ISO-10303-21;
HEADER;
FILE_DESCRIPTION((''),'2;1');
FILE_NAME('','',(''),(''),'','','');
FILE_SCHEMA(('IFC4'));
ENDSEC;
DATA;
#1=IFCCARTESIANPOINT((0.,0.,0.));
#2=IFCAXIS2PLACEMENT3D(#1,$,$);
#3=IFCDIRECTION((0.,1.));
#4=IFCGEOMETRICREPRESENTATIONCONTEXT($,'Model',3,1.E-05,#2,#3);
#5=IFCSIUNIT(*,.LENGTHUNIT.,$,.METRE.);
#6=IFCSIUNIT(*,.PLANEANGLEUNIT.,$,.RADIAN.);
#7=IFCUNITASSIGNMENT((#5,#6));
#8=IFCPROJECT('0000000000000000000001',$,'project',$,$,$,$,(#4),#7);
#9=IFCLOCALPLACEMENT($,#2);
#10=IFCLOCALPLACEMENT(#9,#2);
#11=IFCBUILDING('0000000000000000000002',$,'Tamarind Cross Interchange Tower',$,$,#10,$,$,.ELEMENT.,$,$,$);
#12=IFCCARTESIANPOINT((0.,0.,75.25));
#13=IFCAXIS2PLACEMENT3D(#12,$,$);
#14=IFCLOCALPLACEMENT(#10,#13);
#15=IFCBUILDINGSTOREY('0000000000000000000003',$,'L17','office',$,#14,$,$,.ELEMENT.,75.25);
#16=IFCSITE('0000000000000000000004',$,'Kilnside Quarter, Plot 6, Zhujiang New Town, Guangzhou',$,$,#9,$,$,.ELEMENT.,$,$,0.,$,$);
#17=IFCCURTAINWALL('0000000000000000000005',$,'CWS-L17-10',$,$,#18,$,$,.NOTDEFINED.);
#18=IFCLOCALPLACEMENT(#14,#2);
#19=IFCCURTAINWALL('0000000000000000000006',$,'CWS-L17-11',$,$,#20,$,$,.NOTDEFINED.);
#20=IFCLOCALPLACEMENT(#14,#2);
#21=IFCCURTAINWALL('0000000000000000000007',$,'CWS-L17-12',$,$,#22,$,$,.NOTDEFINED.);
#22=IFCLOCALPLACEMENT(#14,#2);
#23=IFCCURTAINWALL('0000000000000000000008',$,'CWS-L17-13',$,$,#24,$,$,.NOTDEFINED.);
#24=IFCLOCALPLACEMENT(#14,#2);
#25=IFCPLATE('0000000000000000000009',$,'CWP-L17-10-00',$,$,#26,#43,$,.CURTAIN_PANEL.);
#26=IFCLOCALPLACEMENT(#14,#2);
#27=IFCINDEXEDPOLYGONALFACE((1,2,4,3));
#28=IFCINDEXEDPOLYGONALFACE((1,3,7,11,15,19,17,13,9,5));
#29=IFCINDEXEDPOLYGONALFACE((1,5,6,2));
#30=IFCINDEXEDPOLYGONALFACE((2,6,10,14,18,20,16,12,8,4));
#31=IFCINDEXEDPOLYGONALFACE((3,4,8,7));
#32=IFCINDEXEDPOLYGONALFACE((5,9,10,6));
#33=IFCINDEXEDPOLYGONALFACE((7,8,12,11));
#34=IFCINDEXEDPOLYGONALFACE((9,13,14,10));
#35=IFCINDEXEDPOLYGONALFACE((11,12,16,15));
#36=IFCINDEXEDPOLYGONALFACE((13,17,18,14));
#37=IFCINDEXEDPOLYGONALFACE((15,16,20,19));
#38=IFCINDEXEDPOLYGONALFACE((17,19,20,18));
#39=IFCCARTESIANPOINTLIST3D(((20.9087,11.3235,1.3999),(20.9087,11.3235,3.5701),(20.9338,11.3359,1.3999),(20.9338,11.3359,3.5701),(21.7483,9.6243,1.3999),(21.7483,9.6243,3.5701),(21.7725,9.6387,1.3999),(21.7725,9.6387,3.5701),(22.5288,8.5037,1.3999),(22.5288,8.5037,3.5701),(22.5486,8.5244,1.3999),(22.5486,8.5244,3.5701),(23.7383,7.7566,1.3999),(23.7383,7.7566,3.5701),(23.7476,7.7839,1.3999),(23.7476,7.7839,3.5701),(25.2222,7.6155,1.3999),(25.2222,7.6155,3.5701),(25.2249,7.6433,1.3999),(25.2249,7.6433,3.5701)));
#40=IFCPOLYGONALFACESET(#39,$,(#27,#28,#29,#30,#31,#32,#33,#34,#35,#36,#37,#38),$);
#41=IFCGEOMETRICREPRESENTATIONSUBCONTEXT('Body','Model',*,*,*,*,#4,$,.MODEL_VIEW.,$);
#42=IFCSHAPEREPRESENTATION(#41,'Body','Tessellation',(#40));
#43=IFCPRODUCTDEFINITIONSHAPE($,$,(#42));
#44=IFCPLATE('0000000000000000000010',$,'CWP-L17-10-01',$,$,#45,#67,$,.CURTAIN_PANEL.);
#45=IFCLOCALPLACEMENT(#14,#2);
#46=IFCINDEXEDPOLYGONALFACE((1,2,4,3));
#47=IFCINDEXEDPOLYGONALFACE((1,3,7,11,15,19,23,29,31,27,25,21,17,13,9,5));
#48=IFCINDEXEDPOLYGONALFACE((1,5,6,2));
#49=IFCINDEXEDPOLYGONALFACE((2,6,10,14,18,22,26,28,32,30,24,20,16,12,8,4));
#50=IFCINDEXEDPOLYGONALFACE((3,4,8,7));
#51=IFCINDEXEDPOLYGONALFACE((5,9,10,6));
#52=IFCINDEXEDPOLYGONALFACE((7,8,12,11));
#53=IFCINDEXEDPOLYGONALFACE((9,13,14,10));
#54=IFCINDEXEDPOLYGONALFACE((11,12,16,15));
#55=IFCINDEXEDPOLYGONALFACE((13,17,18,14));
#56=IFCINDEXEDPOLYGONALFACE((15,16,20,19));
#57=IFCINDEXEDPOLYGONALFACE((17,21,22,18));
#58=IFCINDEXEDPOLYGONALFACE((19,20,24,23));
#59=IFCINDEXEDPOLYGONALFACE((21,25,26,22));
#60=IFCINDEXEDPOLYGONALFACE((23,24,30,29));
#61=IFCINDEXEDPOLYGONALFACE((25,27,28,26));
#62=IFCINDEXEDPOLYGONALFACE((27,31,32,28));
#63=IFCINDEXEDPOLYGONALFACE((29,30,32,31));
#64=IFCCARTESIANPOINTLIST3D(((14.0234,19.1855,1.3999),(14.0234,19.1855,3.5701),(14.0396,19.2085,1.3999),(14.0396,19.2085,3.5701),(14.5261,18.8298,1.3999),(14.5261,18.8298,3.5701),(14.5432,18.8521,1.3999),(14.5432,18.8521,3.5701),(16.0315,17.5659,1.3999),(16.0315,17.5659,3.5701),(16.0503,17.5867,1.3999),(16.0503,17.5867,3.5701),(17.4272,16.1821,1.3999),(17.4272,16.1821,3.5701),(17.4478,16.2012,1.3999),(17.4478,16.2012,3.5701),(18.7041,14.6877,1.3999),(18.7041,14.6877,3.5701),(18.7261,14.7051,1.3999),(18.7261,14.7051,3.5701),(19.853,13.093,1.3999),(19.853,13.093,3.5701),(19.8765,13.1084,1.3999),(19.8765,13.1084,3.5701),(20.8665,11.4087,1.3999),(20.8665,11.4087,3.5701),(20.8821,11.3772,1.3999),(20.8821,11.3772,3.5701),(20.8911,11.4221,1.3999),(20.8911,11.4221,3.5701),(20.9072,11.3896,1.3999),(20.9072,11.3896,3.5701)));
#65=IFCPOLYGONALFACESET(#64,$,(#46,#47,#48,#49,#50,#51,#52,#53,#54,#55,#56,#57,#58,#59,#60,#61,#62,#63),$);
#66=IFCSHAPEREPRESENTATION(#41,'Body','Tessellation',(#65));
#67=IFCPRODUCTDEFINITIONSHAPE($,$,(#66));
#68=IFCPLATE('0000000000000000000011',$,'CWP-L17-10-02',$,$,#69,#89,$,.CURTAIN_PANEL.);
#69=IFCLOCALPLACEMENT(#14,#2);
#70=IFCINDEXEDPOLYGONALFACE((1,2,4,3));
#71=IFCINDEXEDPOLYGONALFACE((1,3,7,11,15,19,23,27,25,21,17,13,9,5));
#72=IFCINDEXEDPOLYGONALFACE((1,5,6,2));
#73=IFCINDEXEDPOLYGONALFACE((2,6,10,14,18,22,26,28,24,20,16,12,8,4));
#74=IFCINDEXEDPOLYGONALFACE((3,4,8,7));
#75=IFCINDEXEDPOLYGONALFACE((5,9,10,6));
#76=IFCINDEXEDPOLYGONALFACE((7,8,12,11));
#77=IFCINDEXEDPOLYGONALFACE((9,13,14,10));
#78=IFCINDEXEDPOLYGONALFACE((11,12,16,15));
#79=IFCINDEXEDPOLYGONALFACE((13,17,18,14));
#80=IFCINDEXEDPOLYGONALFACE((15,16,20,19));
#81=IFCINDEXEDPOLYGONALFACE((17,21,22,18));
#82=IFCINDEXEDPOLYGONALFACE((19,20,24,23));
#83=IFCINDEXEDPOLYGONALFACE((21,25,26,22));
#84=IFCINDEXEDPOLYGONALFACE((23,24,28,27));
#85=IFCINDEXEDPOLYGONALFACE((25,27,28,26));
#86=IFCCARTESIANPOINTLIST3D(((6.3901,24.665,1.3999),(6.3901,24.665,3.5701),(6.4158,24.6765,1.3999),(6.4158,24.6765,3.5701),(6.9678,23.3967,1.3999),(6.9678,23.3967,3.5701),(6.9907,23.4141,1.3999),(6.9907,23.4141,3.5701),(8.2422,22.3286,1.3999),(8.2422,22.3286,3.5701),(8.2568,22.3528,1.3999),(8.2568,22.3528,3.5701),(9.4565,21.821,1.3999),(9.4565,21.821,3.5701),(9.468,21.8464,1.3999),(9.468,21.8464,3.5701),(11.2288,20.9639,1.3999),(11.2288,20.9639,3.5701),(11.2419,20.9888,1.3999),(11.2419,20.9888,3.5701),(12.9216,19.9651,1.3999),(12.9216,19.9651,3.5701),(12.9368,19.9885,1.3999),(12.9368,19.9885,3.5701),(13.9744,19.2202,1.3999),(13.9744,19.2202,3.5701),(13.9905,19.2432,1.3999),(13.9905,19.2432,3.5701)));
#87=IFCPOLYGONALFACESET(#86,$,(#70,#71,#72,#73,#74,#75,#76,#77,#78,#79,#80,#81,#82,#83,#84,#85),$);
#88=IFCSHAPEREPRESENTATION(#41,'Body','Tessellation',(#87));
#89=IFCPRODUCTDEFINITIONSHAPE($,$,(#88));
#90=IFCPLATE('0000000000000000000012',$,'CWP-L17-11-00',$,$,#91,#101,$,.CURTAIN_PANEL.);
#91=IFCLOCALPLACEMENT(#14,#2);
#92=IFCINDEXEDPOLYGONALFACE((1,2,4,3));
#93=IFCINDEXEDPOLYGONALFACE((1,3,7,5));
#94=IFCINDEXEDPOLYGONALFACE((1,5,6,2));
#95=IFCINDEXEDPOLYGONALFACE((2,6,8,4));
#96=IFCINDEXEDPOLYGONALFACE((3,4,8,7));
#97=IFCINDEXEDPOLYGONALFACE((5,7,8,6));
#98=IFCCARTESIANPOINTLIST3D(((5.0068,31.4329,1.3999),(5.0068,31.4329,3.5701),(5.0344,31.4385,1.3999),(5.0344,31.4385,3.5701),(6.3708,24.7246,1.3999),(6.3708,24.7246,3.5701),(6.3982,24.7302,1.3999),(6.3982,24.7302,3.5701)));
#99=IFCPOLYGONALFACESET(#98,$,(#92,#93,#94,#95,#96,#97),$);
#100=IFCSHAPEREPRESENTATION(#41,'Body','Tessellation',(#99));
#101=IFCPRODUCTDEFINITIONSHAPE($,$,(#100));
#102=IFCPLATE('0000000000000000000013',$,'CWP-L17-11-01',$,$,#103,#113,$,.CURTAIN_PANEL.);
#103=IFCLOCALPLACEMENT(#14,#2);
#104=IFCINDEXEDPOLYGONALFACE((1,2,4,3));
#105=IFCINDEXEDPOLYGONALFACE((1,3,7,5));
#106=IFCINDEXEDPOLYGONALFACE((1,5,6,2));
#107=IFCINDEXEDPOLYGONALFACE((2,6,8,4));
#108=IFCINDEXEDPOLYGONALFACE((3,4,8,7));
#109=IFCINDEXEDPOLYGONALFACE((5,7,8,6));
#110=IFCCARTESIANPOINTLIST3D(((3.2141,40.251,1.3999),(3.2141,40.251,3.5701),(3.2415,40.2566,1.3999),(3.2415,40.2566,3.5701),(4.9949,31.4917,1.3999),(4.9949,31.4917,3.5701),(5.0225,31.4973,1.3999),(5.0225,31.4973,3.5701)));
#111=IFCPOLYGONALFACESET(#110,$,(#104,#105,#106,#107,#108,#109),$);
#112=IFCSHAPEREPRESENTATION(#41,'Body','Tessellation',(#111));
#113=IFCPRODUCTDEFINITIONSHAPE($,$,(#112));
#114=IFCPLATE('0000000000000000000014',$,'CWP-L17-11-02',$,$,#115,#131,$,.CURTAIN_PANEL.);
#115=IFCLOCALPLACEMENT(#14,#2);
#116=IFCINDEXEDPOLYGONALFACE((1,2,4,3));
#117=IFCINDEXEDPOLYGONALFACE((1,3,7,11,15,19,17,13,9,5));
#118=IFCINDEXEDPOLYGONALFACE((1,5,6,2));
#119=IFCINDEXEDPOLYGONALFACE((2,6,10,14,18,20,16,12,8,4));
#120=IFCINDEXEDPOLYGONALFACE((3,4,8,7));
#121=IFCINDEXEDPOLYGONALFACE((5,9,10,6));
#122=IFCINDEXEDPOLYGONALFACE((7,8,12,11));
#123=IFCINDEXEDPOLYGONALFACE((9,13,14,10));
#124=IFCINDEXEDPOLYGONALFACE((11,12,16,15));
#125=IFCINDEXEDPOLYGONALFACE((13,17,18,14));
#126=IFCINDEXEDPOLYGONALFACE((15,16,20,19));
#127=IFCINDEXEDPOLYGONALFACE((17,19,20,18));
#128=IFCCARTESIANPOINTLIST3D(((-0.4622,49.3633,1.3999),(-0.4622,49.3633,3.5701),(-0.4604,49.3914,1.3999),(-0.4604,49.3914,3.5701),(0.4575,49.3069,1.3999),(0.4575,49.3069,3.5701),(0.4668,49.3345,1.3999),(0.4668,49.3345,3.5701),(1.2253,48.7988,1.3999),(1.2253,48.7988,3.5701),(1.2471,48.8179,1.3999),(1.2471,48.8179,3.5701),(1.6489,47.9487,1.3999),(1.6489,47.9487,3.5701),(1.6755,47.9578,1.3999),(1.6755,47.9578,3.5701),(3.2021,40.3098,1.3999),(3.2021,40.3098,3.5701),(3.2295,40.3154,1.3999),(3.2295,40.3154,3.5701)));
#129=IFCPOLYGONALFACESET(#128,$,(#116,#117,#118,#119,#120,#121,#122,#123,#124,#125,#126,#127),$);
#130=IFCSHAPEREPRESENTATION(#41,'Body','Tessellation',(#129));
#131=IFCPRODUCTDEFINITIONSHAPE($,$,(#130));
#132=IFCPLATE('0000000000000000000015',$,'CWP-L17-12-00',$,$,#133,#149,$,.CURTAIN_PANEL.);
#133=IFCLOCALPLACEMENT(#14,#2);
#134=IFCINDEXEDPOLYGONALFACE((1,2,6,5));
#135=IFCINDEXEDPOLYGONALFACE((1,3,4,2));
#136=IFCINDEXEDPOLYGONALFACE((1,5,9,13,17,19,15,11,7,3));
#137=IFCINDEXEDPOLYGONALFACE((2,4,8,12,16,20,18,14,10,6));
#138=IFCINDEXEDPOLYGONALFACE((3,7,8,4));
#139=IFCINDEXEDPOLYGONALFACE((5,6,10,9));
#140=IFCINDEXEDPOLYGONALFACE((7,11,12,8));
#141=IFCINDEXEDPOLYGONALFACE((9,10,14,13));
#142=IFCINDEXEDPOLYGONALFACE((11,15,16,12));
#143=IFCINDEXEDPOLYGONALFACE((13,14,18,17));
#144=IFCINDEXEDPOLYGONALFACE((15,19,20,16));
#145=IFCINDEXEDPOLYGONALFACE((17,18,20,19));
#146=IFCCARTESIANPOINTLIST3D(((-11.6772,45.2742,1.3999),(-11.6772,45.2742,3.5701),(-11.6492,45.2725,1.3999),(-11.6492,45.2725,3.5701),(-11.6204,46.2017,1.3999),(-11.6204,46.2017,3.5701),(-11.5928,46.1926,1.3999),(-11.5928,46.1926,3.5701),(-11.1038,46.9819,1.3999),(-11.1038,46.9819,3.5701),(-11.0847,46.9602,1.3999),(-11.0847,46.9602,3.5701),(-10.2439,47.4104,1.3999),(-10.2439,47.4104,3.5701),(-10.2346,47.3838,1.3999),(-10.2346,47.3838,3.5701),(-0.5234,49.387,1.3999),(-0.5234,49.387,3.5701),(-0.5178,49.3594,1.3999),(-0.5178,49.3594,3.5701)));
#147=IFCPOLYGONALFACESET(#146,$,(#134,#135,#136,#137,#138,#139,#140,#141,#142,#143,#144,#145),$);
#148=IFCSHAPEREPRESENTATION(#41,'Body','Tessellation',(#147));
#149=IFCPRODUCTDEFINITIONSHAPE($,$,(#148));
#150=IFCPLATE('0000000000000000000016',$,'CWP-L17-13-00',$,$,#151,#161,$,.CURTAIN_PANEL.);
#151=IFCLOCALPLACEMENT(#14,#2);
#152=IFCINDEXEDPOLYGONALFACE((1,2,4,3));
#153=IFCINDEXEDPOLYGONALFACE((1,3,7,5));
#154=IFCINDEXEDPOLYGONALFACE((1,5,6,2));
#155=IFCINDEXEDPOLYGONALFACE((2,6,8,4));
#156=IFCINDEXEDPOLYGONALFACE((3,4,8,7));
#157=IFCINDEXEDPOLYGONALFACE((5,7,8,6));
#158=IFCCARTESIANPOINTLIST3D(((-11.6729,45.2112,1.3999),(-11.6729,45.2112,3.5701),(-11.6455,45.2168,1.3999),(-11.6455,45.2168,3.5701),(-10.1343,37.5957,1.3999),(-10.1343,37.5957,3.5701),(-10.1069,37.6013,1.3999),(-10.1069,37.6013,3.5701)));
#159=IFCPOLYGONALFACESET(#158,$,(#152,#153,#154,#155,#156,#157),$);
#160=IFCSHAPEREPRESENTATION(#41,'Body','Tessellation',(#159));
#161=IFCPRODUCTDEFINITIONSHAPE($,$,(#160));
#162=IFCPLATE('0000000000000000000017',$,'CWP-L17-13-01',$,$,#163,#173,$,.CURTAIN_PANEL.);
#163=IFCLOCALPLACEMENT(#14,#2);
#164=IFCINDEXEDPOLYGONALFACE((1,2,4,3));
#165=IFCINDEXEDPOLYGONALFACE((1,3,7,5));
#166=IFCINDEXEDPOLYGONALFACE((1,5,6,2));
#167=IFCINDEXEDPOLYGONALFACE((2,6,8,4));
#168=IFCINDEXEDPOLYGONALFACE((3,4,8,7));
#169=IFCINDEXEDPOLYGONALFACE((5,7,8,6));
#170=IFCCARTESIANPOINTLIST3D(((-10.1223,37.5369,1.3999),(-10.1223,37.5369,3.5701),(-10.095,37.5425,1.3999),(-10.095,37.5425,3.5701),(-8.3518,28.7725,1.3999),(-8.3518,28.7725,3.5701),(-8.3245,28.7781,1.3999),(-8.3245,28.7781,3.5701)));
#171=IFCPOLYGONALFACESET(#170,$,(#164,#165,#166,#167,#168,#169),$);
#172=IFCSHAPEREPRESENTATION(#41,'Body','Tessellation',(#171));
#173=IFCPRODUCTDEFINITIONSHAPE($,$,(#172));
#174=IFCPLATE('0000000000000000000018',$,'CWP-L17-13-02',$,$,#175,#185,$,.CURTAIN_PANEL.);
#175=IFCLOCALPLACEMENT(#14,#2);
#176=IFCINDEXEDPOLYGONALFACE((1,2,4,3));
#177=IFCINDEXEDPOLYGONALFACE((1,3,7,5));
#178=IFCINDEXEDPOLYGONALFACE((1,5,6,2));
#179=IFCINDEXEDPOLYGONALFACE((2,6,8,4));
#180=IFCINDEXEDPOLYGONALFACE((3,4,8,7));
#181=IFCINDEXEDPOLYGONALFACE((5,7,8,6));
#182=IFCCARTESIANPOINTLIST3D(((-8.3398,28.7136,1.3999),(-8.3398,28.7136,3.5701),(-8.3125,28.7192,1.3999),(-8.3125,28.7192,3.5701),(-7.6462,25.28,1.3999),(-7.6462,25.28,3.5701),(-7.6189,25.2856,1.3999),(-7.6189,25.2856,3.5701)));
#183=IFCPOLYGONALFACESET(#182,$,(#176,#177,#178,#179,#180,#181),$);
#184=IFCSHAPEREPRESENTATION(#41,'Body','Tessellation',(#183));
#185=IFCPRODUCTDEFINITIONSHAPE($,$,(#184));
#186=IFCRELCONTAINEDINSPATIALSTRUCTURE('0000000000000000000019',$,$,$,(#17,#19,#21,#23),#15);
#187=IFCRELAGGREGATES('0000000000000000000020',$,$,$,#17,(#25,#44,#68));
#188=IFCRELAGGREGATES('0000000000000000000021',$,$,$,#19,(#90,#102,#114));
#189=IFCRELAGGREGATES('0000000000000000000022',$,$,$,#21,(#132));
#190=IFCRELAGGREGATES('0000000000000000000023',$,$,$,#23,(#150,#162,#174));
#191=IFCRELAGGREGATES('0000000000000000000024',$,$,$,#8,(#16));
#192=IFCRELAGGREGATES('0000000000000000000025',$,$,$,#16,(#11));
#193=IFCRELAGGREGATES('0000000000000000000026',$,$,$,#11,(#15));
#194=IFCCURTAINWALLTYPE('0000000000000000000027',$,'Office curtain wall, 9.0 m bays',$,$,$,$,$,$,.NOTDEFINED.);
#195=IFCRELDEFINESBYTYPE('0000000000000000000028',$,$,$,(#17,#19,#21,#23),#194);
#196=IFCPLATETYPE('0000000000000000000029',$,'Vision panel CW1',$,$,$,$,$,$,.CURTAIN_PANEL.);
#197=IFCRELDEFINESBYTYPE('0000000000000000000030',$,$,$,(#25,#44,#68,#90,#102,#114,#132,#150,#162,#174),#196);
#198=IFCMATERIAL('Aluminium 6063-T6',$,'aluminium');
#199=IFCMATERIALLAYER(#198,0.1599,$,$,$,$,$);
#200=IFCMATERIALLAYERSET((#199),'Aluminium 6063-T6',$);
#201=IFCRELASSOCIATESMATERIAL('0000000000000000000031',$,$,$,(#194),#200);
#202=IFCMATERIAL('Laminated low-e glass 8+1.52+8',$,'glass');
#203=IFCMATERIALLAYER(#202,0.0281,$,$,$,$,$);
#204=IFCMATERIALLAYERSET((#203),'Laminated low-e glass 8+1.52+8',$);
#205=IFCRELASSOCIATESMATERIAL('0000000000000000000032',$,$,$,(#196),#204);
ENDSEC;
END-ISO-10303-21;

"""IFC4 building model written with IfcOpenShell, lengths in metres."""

from ifc_helpers import new_model, si_unit, direction, frame, origin, place, context, subcontext, project, spatial, polyline, outline, extrude, material, layer, layer_set, type_object, element, aggregate, save


model = new_model("IFC4")

# Units and contexts
model_context = context("Model", 3, precision=1e-05, world=origin(), true_north=direction((0.0, 1.0)))
body_context = subcontext(model_context, "Body", "Model", "MODEL_VIEW")
ifc_project = project(units=[si_unit("LENGTHUNIT", "METRE"), si_unit("PLANEANGLEUNIT", "RADIAN")], contexts=[model_context])

# Site, building, storey
site_placement = place(None, origin())
site = spatial("IfcSite", under=ifc_project, at=site_placement, Name="Kilnside Quarter, Plot 6, Zhujiang New Town, Guangzhou", CompositionType="ELEMENT", RefElevation=0.0)
building_placement = place(site_placement, origin())
building = spatial("IfcBuilding", under=site, at=building_placement, Name="Tamarind Cross Interchange Tower", CompositionType="ELEMENT")
storey_placement = place(building_placement, frame((0.0, 0.0, 75.25)))
storey = spatial("IfcBuildingStorey", under=building, at=storey_placement, Name="L17", Description="office", CompositionType="ELEMENT", Elevation=75.25)

# Curtain walls
ifc_material_1 = material(Name="Aluminium 6063-T6", Category="aluminium")
ifc_layer_1 = layer(ifc_material_1, 0.1599)
ifc_layer_set_1 = layer_set([ifc_layer_1], Name="Aluminium 6063-T6")
curtain_wall_type = type_object("IfcCurtainWallType", Name="Office curtain wall, 9.0 m bays", PredefinedType="NOTDEFINED", material=ifc_layer_set_1)
curtain_wall_1_placement = place(storey_placement, origin())
curtain_wall_1 = element("IfcCurtainWall", 1, at=curtain_wall_1_placement, inside=storey, type_object=curtain_wall_type, Name="CWS-L17-10", PredefinedType="NOTDEFINED")
curtain_wall_2_placement = place(storey_placement, origin())
curtain_wall_2 = element("IfcCurtainWall", 2, at=curtain_wall_2_placement, inside=storey, type_object=curtain_wall_type, Name="CWS-L17-11", PredefinedType="NOTDEFINED")
curtain_wall_3_placement = place(storey_placement, origin())
curtain_wall_3 = element("IfcCurtainWall", 3, at=curtain_wall_3_placement, inside=storey, type_object=curtain_wall_type, Name="CWS-L17-12", PredefinedType="NOTDEFINED")
curtain_wall_4_placement = place(storey_placement, origin())
curtain_wall_4 = element("IfcCurtainWall", 4, at=curtain_wall_4_placement, inside=storey, type_object=curtain_wall_type, Name="CWS-L17-13", PredefinedType="NOTDEFINED")

# Plates
ifc_material_2 = material(Name="Laminated low-e glass 8+1.52+8", Category="glass")
ifc_layer_2 = layer(ifc_material_2, 0.0281)
ifc_layer_set_2 = layer_set([ifc_layer_2], Name="Laminated low-e glass 8+1.52+8")
plate_type = type_object("IfcPlateType", Name="Vision panel CW1", PredefinedType="CURTAIN_PANEL", material=ifc_layer_set_2)
plate_1_placement = place(storey_placement, frame((0.0, 0.0, 1.3999)))
plate_1 = element("IfcPlate", 5, at=plate_1_placement, type_object=plate_type, Name="CWP-L17-10-00", PredefinedType="CURTAIN_PANEL", context=body_context, shape_type="SweptSolid", body=[
    extrude(outline(polyline([(25.2222, 7.6155), (23.7383, 7.7566), (22.5288, 8.5037), (21.7483, 9.6243), (20.9087, 11.3235), (20.9338, 11.3359), (21.7725, 9.6387), (22.5486, 8.5244), (23.7476, 7.7839), (25.2249, 7.6433), (25.2222, 7.6155)])), origin(), (0.0, 0.0, 1.0), 2.1702),
])
plate_2_placement = place(storey_placement, frame((0.0, 0.0, 1.3999)))
plate_2 = element("IfcPlate", 6, at=plate_2_placement, type_object=plate_type, Name="CWP-L17-10-01", PredefinedType="CURTAIN_PANEL", context=body_context, shape_type="SweptSolid", body=[
    extrude(outline(polyline([(20.8821, 11.3772), (20.8665, 11.4087), (19.853, 13.093), (18.7041, 14.6877), (17.4272, 16.1821), (16.0315, 17.5659), (14.5261, 18.8298), (14.0234, 19.1855), (14.0396, 19.2085), (14.5432, 18.8521), (16.0503, 17.5867), (17.4478, 16.2012), (18.7261, 14.7051), (19.8765, 13.1084), (20.8911, 11.4221), (20.9072, 11.3896), (20.8821, 11.3772)])), origin(), (0.0, 0.0, 1.0), 2.1702),
])
plate_3_placement = place(storey_placement, frame((0.0, 0.0, 1.3999)))
plate_3 = element("IfcPlate", 7, at=plate_3_placement, type_object=plate_type, Name="CWP-L17-10-02", PredefinedType="CURTAIN_PANEL", context=body_context, shape_type="SweptSolid", body=[
    extrude(outline(polyline([(13.9744, 19.2202), (12.9216, 19.9651), (11.2288, 20.9639), (9.4565, 21.821), (8.2422, 22.3286), (6.9678, 23.3967), (6.3901, 24.665), (6.4158, 24.6765), (6.9907, 23.4141), (8.2568, 22.3528), (9.468, 21.8464), (11.2419, 20.9888), (12.9368, 19.9885), (13.9905, 19.2432), (13.9744, 19.2202)])), origin(), (0.0, 0.0, 1.0), 2.1702),
])
aggregate(curtain_wall_1, [plate_1, plate_2, plate_3])
plate_4_placement = place(storey_placement, frame((0.0, 0.0, 1.3999)))
plate_4 = element("IfcPlate", 8, at=plate_4_placement, type_object=plate_type, Name="CWP-L17-11-00", PredefinedType="CURTAIN_PANEL", context=body_context, shape_type="SweptSolid", body=[
    extrude(outline(polyline([(6.3708, 24.7246), (5.0068, 31.4329), (5.0344, 31.4385), (6.3982, 24.7302), (6.3708, 24.7246)])), origin(), (0.0, 0.0, 1.0), 2.1702),
])
plate_5_placement = place(storey_placement, frame((0.0, 0.0, 1.3999)))
plate_5 = element("IfcPlate", 9, at=plate_5_placement, type_object=plate_type, Name="CWP-L17-11-01", PredefinedType="CURTAIN_PANEL", context=body_context, shape_type="SweptSolid", body=[
    extrude(outline(polyline([(4.9949, 31.4917), (3.2141, 40.251), (3.2415, 40.2566), (5.0225, 31.4973), (4.9949, 31.4917)])), origin(), (0.0, 0.0, 1.0), 2.1702),
])
plate_6_placement = place(storey_placement, frame((0.0, 0.0, 1.3999)))
plate_6 = element("IfcPlate", 10, at=plate_6_placement, type_object=plate_type, Name="CWP-L17-11-02", PredefinedType="CURTAIN_PANEL", context=body_context, shape_type="SweptSolid", body=[
    extrude(outline(polyline([(3.2021, 40.3098), (1.6489, 47.9487), (1.2253, 48.7988), (0.4575, 49.3069), (-0.4622, 49.3633), (-0.4604, 49.3914), (0.4668, 49.3345), (1.2471, 48.8179), (1.6755, 47.9578), (3.2295, 40.3154), (3.2021, 40.3098)])), origin(), (0.0, 0.0, 1.0), 2.1702),
])
aggregate(curtain_wall_2, [plate_4, plate_5, plate_6])
plate_7_placement = place(storey_placement, frame((0.0, 0.0, 1.3999)))
plate_7 = element("IfcPlate", 11, at=plate_7_placement, type_object=plate_type, Name="CWP-L17-12-00", PredefinedType="CURTAIN_PANEL", context=body_context, shape_type="SweptSolid", body=[
    extrude(outline(polyline([(-0.5178, 49.3594), (-10.2346, 47.3838), (-11.0847, 46.9602), (-11.5928, 46.1926), (-11.6492, 45.2725), (-11.6772, 45.2742), (-11.6204, 46.2017), (-11.1038, 46.9819), (-10.2439, 47.4104), (-0.5234, 49.387), (-0.5178, 49.3594)])), origin(), (0.0, 0.0, 1.0), 2.1702),
])
aggregate(curtain_wall_3, [plate_7])
plate_8_placement = place(storey_placement, frame((0.0, 0.0, 1.3999)))
plate_8 = element("IfcPlate", 12, at=plate_8_placement, type_object=plate_type, Name="CWP-L17-13-00", PredefinedType="CURTAIN_PANEL", context=body_context, shape_type="SweptSolid", body=[
    extrude(outline(polyline([(-11.6455, 45.2168), (-10.1069, 37.6013), (-10.1343, 37.5957), (-11.6729, 45.2112), (-11.6455, 45.2168)])), origin(), (0.0, 0.0, 1.0), 2.1702),
])
plate_9_placement = place(storey_placement, frame((0.0, 0.0, 1.3999)))
plate_9 = element("IfcPlate", 13, at=plate_9_placement, type_object=plate_type, Name="CWP-L17-13-01", PredefinedType="CURTAIN_PANEL", context=body_context, shape_type="SweptSolid", body=[
    extrude(outline(polyline([(-10.095, 37.5425), (-8.3245, 28.7781), (-8.3518, 28.7725), (-10.1223, 37.5369), (-10.095, 37.5425)])), origin(), (0.0, 0.0, 1.0), 2.1702),
])
plate_10_placement = place(storey_placement, frame((0.0, 0.0, 1.3999)))
plate_10 = element("IfcPlate", 14, at=plate_10_placement, type_object=plate_type, Name="CWP-L17-13-02", PredefinedType="CURTAIN_PANEL", context=body_context, shape_type="SweptSolid", body=[
    extrude(outline(polyline([(-8.3125, 28.7192), (-7.6189, 25.2856), (-7.6462, 25.28), (-8.3398, 28.7136), (-8.3125, 28.7192)])), origin(), (0.0, 0.0, 1.0), 2.1702),
])
aggregate(curtain_wall_4, [plate_8, plate_9, plate_10])

save(model, "model.ifc")
